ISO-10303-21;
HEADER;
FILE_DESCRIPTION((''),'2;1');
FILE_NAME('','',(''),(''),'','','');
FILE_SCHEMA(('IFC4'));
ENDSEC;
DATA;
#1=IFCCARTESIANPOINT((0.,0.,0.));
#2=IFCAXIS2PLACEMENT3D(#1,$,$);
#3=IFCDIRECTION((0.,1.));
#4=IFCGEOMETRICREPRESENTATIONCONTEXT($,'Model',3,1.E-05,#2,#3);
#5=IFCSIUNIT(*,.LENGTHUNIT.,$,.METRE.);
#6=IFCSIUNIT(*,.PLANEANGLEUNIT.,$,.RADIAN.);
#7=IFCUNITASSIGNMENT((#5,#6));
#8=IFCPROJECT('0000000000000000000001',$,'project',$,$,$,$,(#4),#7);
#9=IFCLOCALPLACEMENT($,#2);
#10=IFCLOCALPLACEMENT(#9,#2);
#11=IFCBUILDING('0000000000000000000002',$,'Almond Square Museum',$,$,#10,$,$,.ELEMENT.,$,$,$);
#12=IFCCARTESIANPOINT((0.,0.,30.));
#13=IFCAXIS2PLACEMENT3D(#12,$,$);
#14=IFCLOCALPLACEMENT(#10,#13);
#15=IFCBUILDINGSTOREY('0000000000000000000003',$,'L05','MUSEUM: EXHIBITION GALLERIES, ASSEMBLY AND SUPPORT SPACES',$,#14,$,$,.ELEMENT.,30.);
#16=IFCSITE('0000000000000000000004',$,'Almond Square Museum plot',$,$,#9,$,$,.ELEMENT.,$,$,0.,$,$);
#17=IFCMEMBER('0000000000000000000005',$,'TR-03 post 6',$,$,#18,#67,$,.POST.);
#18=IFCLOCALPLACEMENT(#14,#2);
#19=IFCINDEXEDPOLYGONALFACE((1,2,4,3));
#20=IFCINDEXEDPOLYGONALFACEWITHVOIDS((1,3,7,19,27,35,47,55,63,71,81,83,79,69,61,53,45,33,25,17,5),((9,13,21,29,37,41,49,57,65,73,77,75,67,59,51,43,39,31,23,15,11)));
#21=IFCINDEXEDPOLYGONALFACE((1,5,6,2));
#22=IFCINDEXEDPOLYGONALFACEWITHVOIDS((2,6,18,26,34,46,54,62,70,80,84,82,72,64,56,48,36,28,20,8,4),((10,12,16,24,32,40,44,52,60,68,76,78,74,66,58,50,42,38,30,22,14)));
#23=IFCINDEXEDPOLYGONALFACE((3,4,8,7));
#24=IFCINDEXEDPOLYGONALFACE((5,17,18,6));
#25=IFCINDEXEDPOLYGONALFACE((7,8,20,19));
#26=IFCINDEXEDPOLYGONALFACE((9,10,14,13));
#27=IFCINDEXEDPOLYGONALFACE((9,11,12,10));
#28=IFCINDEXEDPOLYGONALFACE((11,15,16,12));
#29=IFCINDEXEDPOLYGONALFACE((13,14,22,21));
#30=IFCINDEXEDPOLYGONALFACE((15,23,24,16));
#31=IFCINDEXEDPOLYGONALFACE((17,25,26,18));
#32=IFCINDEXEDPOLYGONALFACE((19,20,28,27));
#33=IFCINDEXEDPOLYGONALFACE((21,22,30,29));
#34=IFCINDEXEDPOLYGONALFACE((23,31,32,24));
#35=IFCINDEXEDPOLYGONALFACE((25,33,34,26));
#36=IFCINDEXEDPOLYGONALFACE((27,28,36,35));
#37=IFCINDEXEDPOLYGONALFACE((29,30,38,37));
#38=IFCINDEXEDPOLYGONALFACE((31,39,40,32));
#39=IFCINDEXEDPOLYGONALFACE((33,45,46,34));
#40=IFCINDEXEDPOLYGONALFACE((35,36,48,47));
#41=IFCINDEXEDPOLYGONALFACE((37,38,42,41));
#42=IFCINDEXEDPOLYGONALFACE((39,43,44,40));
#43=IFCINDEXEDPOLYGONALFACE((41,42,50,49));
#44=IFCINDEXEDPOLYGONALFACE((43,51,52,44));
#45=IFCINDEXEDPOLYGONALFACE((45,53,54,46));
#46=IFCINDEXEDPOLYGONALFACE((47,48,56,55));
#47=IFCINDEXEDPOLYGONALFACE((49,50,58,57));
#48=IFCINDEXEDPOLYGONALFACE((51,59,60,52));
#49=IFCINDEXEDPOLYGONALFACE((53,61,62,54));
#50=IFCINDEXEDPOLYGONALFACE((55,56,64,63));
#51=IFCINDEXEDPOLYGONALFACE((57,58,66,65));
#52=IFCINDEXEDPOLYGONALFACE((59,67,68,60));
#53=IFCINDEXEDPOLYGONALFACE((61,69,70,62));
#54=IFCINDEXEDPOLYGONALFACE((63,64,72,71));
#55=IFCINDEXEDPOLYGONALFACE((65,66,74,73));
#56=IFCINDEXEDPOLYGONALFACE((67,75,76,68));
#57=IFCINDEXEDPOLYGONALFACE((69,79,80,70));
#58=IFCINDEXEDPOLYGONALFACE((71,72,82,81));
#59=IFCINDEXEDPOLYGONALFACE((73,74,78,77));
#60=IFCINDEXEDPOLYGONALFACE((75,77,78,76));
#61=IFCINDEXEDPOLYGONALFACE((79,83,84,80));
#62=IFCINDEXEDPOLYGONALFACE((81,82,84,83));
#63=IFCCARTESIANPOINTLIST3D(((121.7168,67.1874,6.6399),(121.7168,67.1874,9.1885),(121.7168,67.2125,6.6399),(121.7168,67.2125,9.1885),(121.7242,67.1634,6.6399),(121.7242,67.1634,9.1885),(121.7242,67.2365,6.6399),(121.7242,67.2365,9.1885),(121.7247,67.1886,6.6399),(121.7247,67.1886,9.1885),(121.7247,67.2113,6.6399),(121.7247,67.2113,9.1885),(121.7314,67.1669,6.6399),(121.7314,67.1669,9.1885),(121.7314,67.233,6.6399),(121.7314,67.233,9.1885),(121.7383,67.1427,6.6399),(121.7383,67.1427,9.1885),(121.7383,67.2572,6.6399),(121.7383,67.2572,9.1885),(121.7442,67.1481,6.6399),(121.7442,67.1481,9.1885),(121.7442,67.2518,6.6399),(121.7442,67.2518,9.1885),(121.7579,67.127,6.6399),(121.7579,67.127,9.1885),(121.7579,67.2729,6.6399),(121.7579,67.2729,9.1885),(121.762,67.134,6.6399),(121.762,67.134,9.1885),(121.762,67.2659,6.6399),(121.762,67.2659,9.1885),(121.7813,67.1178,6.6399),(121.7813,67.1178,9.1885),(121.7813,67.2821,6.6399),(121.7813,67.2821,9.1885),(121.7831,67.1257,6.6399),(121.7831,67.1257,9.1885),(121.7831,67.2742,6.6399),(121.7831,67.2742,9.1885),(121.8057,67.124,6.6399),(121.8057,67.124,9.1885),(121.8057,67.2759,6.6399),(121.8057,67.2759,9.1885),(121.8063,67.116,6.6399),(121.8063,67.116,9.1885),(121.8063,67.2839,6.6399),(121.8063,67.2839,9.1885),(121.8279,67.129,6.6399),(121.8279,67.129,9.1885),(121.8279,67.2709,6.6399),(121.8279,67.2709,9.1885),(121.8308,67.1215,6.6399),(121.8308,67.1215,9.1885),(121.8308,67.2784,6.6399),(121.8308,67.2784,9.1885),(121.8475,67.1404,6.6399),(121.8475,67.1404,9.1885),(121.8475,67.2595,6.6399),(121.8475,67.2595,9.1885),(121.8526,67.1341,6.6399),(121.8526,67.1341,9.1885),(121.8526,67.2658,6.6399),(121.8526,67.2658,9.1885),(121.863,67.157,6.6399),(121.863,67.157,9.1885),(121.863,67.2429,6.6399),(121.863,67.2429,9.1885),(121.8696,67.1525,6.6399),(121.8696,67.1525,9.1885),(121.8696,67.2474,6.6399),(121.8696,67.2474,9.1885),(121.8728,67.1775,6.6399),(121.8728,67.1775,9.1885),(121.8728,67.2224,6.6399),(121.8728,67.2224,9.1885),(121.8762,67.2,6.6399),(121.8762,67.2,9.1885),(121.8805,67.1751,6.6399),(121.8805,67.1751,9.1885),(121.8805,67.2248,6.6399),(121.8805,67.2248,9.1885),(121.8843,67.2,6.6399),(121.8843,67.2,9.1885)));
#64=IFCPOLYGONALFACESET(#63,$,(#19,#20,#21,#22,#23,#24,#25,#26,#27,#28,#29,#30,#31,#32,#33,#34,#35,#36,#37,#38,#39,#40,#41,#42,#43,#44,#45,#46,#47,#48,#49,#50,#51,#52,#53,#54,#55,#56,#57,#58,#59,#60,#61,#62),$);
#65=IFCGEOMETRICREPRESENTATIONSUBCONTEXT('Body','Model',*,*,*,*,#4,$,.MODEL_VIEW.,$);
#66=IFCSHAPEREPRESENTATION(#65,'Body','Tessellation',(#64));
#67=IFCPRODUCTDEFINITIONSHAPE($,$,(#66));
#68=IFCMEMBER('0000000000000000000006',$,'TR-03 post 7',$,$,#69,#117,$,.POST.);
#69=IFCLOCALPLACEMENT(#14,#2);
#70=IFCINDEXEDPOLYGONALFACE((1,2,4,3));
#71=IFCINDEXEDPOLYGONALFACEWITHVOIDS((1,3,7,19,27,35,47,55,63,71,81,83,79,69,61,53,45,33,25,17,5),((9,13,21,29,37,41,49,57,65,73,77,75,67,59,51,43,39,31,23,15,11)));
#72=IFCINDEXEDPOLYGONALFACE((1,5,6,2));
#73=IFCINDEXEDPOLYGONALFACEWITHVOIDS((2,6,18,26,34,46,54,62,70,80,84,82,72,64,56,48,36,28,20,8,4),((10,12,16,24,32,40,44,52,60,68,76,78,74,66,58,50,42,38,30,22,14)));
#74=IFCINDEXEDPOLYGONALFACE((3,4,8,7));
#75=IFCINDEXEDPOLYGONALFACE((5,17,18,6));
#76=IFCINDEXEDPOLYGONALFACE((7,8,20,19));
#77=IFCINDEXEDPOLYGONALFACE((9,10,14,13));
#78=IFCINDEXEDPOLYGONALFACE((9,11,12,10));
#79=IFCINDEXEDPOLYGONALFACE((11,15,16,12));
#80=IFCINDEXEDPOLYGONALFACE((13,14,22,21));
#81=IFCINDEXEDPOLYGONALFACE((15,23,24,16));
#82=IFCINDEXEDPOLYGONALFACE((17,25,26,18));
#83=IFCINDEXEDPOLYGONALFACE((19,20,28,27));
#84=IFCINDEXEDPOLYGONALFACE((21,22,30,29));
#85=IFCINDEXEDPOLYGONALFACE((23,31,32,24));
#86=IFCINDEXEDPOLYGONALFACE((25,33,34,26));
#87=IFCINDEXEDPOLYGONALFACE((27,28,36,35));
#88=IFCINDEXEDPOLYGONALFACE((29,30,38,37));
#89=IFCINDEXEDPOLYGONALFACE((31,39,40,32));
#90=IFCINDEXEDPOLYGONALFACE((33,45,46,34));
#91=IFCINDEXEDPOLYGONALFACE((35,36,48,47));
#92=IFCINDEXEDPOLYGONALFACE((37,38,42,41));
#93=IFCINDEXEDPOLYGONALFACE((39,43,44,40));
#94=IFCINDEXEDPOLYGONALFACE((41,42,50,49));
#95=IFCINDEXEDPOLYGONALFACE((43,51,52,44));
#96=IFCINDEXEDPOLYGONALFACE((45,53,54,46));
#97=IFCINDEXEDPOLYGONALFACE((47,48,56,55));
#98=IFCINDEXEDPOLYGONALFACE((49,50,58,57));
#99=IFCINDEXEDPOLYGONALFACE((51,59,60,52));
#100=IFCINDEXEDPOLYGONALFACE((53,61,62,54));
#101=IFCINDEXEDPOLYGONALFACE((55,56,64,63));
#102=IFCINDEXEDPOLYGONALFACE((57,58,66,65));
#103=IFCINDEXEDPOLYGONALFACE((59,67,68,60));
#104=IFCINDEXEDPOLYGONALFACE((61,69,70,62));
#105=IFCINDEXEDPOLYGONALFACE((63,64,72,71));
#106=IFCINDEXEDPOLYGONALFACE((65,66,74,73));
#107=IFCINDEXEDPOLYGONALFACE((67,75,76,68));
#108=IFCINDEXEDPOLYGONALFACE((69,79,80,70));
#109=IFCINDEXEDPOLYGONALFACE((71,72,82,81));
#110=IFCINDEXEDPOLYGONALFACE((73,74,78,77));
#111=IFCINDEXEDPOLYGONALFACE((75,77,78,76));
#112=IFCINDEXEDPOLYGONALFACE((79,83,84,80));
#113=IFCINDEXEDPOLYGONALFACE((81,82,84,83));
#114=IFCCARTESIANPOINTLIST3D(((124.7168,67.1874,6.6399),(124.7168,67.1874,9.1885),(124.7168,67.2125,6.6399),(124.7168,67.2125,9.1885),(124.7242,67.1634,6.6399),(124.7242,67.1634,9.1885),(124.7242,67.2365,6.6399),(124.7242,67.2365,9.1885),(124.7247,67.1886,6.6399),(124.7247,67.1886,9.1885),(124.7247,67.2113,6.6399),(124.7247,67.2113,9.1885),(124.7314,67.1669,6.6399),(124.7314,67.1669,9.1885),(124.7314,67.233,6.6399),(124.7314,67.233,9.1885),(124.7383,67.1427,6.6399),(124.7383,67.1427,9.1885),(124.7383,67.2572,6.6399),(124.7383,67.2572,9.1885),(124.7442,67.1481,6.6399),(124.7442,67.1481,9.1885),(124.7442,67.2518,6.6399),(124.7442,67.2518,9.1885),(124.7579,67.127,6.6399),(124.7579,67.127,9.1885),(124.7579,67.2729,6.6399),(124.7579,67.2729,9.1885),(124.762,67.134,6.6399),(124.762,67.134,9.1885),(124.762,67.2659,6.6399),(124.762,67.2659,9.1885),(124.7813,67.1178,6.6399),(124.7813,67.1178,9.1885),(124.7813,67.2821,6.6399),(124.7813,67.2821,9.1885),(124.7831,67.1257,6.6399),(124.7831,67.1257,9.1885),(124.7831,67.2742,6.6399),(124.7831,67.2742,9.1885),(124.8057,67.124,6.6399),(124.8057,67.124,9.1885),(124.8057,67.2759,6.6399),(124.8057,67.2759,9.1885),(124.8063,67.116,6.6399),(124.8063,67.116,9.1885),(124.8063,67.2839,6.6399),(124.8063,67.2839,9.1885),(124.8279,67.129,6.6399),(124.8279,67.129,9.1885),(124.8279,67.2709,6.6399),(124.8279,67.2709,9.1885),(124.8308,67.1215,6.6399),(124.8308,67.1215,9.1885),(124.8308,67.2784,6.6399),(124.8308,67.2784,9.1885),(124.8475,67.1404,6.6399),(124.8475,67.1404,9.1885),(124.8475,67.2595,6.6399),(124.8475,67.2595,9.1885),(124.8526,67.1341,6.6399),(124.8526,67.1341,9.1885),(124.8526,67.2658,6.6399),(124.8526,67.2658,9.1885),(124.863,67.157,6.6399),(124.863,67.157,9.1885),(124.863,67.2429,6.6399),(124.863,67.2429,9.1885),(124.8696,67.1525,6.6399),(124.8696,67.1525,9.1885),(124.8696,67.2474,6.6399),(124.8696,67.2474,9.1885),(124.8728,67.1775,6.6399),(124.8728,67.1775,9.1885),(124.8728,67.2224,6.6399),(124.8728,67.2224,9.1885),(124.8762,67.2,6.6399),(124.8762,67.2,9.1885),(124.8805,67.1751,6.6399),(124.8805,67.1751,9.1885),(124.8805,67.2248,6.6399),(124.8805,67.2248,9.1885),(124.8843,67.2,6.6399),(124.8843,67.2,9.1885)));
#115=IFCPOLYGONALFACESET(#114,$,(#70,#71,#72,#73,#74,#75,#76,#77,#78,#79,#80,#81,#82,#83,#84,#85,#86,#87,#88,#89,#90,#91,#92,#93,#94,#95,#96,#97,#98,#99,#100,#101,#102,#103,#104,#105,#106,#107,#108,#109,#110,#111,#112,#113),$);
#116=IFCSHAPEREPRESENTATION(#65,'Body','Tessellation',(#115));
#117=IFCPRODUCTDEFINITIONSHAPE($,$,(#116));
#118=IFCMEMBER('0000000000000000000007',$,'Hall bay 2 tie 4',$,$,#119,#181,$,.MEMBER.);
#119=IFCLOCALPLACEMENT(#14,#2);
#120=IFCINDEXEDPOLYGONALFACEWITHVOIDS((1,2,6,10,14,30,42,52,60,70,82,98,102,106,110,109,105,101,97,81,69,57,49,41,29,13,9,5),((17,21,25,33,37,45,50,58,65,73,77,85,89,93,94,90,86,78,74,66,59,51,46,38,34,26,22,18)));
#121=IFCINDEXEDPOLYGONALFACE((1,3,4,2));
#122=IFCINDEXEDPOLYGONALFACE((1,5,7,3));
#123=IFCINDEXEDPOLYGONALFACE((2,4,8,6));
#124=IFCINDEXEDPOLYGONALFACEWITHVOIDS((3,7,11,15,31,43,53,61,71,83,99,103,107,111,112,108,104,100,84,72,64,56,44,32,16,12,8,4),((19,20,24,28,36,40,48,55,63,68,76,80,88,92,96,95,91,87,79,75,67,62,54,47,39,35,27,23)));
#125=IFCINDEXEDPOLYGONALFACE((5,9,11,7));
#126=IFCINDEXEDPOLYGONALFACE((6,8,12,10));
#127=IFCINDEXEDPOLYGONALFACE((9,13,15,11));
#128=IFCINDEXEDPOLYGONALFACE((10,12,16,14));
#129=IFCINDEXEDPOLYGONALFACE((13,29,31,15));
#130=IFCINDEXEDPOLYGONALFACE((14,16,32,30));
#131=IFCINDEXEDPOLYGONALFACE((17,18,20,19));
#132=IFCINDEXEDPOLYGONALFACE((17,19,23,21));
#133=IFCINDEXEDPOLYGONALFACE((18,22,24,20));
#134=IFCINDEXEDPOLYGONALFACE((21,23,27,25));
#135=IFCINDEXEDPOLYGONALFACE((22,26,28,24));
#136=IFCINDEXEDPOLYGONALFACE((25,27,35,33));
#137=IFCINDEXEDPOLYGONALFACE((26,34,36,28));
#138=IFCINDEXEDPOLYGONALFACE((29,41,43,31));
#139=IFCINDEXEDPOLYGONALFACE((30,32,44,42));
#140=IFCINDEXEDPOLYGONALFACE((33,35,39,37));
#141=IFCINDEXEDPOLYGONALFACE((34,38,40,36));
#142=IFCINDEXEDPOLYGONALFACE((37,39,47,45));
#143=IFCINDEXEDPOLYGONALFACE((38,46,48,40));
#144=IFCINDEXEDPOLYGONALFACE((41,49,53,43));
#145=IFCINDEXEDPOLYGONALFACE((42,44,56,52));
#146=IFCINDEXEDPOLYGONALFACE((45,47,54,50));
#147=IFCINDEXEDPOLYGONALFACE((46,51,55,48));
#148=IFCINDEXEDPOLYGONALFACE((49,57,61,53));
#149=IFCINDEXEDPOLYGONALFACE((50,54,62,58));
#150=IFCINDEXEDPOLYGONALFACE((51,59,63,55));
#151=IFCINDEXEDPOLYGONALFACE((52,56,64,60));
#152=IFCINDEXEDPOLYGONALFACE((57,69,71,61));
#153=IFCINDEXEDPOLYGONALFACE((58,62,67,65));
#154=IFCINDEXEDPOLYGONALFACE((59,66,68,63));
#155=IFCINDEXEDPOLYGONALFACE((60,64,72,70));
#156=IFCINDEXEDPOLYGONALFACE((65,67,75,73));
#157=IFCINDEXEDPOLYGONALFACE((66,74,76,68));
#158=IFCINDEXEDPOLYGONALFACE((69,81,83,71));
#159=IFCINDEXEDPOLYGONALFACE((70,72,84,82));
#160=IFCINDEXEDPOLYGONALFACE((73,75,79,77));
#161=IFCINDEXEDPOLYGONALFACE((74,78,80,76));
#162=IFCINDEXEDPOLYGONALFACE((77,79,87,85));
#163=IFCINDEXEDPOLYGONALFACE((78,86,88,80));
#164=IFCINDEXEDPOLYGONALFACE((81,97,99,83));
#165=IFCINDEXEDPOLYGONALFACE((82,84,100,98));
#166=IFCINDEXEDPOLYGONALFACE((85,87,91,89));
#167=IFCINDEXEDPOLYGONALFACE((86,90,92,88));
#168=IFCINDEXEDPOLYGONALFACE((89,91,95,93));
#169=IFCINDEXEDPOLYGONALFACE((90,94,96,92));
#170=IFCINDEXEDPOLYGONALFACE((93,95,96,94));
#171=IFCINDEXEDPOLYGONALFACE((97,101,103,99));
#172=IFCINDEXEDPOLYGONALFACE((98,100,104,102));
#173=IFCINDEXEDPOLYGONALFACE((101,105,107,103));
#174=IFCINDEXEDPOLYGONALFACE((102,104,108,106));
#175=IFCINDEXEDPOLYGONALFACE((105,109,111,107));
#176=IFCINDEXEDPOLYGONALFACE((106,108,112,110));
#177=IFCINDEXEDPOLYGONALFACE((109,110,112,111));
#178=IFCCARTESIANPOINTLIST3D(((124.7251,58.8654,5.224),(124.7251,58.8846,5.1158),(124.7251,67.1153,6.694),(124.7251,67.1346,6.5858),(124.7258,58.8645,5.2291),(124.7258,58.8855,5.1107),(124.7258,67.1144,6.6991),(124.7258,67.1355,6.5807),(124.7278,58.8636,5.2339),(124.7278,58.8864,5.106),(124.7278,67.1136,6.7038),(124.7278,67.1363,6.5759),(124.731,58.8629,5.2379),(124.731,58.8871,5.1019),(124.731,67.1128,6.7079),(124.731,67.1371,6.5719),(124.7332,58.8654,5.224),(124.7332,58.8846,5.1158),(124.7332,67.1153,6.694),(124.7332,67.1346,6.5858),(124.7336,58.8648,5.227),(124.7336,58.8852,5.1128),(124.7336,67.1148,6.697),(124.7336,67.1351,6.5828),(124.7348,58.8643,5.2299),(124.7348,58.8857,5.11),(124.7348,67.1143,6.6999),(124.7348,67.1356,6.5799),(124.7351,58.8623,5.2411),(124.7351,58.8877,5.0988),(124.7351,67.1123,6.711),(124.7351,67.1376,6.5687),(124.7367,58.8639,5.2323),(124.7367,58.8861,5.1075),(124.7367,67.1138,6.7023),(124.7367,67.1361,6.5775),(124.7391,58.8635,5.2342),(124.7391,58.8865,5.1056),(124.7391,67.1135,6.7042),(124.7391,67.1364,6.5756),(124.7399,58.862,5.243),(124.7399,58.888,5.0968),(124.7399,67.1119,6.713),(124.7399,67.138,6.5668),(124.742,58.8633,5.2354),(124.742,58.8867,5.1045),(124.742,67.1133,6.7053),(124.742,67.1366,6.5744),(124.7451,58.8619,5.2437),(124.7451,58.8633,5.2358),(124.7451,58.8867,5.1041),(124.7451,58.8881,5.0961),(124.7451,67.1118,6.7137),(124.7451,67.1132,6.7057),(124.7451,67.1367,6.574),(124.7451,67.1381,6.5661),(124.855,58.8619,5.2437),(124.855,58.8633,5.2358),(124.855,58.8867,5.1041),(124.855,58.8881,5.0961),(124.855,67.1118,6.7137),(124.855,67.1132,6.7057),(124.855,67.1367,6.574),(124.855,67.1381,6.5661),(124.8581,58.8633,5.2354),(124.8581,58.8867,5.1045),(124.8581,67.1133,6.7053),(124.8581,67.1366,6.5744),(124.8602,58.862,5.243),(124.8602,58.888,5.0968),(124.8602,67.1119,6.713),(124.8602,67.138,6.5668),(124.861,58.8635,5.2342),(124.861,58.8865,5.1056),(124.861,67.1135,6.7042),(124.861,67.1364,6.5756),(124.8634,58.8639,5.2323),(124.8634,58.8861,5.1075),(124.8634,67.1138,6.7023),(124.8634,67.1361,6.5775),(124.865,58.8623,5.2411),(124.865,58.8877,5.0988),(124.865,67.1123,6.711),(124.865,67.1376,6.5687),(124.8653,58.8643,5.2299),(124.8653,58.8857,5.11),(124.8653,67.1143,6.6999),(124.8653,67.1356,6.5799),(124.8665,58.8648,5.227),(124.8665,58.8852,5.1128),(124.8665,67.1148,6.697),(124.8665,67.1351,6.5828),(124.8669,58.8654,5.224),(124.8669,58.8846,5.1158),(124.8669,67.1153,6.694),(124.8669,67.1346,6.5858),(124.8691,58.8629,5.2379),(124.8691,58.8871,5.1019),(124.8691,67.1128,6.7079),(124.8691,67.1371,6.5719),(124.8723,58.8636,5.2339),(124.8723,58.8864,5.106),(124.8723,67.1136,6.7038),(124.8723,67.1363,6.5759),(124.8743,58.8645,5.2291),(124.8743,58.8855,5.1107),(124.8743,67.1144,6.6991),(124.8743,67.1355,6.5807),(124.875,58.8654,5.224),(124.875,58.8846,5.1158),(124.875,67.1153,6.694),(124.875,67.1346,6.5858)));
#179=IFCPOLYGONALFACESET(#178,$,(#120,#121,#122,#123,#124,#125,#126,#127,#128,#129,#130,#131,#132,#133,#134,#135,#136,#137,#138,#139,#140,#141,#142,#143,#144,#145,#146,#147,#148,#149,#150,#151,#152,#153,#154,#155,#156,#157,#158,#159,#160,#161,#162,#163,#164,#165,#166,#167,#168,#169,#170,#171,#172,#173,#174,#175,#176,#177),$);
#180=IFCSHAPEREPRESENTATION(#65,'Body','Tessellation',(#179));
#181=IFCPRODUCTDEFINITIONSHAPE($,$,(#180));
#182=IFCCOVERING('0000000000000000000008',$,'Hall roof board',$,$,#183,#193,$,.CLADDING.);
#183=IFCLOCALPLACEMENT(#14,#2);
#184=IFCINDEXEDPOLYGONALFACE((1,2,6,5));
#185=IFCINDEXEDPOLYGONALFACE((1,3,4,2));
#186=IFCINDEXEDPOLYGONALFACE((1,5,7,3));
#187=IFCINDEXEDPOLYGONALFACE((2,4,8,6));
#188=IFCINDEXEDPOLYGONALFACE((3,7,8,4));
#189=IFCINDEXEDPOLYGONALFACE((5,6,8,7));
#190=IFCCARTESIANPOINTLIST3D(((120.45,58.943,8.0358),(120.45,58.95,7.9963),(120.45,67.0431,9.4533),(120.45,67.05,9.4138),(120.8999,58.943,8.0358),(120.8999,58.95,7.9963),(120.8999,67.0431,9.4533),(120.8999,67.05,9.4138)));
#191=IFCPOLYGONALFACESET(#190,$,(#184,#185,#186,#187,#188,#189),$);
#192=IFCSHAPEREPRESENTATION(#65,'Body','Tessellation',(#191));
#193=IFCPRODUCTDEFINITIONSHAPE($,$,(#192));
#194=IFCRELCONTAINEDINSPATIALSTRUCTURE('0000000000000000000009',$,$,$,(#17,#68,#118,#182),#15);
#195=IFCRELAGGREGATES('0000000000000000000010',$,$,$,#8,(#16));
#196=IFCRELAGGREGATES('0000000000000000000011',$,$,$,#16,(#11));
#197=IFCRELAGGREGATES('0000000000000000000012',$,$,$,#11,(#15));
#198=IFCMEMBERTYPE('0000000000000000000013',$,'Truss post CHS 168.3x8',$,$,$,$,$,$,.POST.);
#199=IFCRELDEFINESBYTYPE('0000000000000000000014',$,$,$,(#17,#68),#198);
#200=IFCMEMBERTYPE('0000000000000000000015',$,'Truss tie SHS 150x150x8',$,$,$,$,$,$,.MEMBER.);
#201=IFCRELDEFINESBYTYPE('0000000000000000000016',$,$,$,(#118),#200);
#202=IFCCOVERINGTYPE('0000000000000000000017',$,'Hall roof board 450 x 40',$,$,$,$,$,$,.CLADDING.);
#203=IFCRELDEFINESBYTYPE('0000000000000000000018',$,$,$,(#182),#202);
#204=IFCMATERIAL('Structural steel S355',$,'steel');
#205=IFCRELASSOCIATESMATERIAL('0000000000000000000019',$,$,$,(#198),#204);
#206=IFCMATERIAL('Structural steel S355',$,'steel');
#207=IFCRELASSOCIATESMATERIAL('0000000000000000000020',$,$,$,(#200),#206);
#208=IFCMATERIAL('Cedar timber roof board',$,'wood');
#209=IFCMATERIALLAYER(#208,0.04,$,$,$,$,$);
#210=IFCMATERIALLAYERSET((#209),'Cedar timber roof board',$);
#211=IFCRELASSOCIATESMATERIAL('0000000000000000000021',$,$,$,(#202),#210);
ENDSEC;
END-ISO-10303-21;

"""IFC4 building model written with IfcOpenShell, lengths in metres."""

from ifc_helpers import new_model, si_unit, direction, frame, origin, origin_2d, place, context, subcontext, project, spatial, polyline, hollow_rectangle, hollow_circle, outline, extrude, material, layer, layer_set, material_profile, profile_set, type_object, element, save


model = new_model("IFC4")

# Units and contexts
model_context = context("Model", 3, precision=1e-05, world=origin(), true_north=direction((0.0, 1.0)))
body_context = subcontext(model_context, "Body", "Model", "MODEL_VIEW")
ifc_project = project(units=[si_unit("LENGTHUNIT", "METRE"), si_unit("PLANEANGLEUNIT", "RADIAN")], contexts=[model_context])

# Site, building, storey
site_placement = place(None, origin())
site = spatial("IfcSite", under=ifc_project, at=site_placement, Name="Almond Square Museum plot", CompositionType="ELEMENT", RefElevation=0.0)
building_placement = place(site_placement, origin())
building = spatial("IfcBuilding", under=site, at=building_placement, Name="Almond Square Museum", CompositionType="ELEMENT")
storey_placement = place(building_placement, frame((0.0, 0.0, 30.0)))
storey = spatial("IfcBuildingStorey", under=building, at=storey_placement, Name="L05", Description="MUSEUM: EXHIBITION GALLERIES, ASSEMBLY AND SUPPORT SPACES", CompositionType="ELEMENT", Elevation=30.0)

# Members
ifc_material_1 = material(Name="Structural steel S355", Category="steel")
ifc_material_profile_1 = material_profile(ifc_material_1, hollow_circle(Radius=0.0842, WallThickness=0.0081, at=origin_2d()))
ifc_profile_set_1 = profile_set([ifc_material_profile_1], Name="Structural steel S355")
member_type_1 = type_object("IfcMemberType", Name="Truss post CHS 168.3x8", PredefinedType="POST", material=ifc_profile_set_1)
for number, where, z_axis, x_axis, name in (
    (1, (121.8, 67.2, 6.6399), (0.0, 0.0, 1.0), (1.0, 0.0, 0.0), "TR-03 post 6"),
    (2, (124.8, 67.2, 6.6399), (0.0, 0.0, 1.0), (1.0, 0.0, 0.0), "TR-03 post 7"),
):
    element("IfcMember", number, at=place(storey_placement, frame(where, z_axis=z_axis, x_axis=x_axis)), inside=storey, type_object=member_type_1, Name=name, PredefinedType="POST", context=body_context, shape_type="SweptSolid", body=[
        extrude(hollow_circle(Radius=0.0842, WallThickness=0.0081, at=origin_2d()), origin(), (0.0, 0.0, 1.0), 2.5486),
    ])
ifc_material_2 = material(Name="Structural steel S355", Category="steel")
ifc_material_profile_2 = material_profile(ifc_material_2, hollow_rectangle(XDim=0.1499, YDim=0.1499, WallThickness=0.0081, InnerFilletRadius=0.012, OuterFilletRadius=0.02, at=origin_2d()))
ifc_profile_set_2 = profile_set([ifc_material_profile_2], Name="Structural steel S355")
member_type_2 = type_object("IfcMemberType", Name="Truss tie SHS 150x150x8", PredefinedType="MEMBER", material=ifc_profile_set_2)
member_placement = place(storey_placement, frame((124.8, 58.875, 5.1699), z_axis=(0.0, 0.984494, 0.175416), x_axis=(-1.0, 0.0, 0.0)))
element("IfcMember", 3, at=member_placement, inside=storey, type_object=member_type_2, Name="Hall bay 2 tie 4", PredefinedType="MEMBER", context=body_context, shape_type="SweptSolid", body=[
    extrude(hollow_rectangle(XDim=0.1499, YDim=0.1499, WallThickness=0.0081, InnerFilletRadius=0.012, OuterFilletRadius=0.02, at=origin_2d()), origin(), (0.0, 0.0, 1.0), 8.3799),
])

# Covering
ifc_material_3 = material(Name="Cedar timber roof board", Category="wood")
ifc_layer = layer(ifc_material_3, 0.04)
ifc_layer_set = layer_set([ifc_layer], Name="Cedar timber roof board")
covering_type = type_object("IfcCoveringType", Name="Hall roof board 450 x 40", PredefinedType="CLADDING", material=ifc_layer_set)
for number, where, z_axis, x_axis, name in (
    (4, (120.8999, 67.05, 9.4138), (0.0, -0.172376, 0.985031), (-1.0, 0.0, 0.0), "Hall roof board"),
):
    element("IfcCovering", number, at=place(storey_placement, frame(where, z_axis=z_axis, x_axis=x_axis)), inside=storey, type_object=covering_type, Name=name, PredefinedType="CLADDING", context=body_context, shape_type="SweptSolid", body=[
        extrude(outline(polyline([(0.0, 0.0), (0.45, 0.0), (0.45, 8.2232), (0.0, 8.2232), (0.0, 0.0)])), origin(), (0.0, 0.0, 1.0), 0.04),
    ])

save(model, "model.ifc")
